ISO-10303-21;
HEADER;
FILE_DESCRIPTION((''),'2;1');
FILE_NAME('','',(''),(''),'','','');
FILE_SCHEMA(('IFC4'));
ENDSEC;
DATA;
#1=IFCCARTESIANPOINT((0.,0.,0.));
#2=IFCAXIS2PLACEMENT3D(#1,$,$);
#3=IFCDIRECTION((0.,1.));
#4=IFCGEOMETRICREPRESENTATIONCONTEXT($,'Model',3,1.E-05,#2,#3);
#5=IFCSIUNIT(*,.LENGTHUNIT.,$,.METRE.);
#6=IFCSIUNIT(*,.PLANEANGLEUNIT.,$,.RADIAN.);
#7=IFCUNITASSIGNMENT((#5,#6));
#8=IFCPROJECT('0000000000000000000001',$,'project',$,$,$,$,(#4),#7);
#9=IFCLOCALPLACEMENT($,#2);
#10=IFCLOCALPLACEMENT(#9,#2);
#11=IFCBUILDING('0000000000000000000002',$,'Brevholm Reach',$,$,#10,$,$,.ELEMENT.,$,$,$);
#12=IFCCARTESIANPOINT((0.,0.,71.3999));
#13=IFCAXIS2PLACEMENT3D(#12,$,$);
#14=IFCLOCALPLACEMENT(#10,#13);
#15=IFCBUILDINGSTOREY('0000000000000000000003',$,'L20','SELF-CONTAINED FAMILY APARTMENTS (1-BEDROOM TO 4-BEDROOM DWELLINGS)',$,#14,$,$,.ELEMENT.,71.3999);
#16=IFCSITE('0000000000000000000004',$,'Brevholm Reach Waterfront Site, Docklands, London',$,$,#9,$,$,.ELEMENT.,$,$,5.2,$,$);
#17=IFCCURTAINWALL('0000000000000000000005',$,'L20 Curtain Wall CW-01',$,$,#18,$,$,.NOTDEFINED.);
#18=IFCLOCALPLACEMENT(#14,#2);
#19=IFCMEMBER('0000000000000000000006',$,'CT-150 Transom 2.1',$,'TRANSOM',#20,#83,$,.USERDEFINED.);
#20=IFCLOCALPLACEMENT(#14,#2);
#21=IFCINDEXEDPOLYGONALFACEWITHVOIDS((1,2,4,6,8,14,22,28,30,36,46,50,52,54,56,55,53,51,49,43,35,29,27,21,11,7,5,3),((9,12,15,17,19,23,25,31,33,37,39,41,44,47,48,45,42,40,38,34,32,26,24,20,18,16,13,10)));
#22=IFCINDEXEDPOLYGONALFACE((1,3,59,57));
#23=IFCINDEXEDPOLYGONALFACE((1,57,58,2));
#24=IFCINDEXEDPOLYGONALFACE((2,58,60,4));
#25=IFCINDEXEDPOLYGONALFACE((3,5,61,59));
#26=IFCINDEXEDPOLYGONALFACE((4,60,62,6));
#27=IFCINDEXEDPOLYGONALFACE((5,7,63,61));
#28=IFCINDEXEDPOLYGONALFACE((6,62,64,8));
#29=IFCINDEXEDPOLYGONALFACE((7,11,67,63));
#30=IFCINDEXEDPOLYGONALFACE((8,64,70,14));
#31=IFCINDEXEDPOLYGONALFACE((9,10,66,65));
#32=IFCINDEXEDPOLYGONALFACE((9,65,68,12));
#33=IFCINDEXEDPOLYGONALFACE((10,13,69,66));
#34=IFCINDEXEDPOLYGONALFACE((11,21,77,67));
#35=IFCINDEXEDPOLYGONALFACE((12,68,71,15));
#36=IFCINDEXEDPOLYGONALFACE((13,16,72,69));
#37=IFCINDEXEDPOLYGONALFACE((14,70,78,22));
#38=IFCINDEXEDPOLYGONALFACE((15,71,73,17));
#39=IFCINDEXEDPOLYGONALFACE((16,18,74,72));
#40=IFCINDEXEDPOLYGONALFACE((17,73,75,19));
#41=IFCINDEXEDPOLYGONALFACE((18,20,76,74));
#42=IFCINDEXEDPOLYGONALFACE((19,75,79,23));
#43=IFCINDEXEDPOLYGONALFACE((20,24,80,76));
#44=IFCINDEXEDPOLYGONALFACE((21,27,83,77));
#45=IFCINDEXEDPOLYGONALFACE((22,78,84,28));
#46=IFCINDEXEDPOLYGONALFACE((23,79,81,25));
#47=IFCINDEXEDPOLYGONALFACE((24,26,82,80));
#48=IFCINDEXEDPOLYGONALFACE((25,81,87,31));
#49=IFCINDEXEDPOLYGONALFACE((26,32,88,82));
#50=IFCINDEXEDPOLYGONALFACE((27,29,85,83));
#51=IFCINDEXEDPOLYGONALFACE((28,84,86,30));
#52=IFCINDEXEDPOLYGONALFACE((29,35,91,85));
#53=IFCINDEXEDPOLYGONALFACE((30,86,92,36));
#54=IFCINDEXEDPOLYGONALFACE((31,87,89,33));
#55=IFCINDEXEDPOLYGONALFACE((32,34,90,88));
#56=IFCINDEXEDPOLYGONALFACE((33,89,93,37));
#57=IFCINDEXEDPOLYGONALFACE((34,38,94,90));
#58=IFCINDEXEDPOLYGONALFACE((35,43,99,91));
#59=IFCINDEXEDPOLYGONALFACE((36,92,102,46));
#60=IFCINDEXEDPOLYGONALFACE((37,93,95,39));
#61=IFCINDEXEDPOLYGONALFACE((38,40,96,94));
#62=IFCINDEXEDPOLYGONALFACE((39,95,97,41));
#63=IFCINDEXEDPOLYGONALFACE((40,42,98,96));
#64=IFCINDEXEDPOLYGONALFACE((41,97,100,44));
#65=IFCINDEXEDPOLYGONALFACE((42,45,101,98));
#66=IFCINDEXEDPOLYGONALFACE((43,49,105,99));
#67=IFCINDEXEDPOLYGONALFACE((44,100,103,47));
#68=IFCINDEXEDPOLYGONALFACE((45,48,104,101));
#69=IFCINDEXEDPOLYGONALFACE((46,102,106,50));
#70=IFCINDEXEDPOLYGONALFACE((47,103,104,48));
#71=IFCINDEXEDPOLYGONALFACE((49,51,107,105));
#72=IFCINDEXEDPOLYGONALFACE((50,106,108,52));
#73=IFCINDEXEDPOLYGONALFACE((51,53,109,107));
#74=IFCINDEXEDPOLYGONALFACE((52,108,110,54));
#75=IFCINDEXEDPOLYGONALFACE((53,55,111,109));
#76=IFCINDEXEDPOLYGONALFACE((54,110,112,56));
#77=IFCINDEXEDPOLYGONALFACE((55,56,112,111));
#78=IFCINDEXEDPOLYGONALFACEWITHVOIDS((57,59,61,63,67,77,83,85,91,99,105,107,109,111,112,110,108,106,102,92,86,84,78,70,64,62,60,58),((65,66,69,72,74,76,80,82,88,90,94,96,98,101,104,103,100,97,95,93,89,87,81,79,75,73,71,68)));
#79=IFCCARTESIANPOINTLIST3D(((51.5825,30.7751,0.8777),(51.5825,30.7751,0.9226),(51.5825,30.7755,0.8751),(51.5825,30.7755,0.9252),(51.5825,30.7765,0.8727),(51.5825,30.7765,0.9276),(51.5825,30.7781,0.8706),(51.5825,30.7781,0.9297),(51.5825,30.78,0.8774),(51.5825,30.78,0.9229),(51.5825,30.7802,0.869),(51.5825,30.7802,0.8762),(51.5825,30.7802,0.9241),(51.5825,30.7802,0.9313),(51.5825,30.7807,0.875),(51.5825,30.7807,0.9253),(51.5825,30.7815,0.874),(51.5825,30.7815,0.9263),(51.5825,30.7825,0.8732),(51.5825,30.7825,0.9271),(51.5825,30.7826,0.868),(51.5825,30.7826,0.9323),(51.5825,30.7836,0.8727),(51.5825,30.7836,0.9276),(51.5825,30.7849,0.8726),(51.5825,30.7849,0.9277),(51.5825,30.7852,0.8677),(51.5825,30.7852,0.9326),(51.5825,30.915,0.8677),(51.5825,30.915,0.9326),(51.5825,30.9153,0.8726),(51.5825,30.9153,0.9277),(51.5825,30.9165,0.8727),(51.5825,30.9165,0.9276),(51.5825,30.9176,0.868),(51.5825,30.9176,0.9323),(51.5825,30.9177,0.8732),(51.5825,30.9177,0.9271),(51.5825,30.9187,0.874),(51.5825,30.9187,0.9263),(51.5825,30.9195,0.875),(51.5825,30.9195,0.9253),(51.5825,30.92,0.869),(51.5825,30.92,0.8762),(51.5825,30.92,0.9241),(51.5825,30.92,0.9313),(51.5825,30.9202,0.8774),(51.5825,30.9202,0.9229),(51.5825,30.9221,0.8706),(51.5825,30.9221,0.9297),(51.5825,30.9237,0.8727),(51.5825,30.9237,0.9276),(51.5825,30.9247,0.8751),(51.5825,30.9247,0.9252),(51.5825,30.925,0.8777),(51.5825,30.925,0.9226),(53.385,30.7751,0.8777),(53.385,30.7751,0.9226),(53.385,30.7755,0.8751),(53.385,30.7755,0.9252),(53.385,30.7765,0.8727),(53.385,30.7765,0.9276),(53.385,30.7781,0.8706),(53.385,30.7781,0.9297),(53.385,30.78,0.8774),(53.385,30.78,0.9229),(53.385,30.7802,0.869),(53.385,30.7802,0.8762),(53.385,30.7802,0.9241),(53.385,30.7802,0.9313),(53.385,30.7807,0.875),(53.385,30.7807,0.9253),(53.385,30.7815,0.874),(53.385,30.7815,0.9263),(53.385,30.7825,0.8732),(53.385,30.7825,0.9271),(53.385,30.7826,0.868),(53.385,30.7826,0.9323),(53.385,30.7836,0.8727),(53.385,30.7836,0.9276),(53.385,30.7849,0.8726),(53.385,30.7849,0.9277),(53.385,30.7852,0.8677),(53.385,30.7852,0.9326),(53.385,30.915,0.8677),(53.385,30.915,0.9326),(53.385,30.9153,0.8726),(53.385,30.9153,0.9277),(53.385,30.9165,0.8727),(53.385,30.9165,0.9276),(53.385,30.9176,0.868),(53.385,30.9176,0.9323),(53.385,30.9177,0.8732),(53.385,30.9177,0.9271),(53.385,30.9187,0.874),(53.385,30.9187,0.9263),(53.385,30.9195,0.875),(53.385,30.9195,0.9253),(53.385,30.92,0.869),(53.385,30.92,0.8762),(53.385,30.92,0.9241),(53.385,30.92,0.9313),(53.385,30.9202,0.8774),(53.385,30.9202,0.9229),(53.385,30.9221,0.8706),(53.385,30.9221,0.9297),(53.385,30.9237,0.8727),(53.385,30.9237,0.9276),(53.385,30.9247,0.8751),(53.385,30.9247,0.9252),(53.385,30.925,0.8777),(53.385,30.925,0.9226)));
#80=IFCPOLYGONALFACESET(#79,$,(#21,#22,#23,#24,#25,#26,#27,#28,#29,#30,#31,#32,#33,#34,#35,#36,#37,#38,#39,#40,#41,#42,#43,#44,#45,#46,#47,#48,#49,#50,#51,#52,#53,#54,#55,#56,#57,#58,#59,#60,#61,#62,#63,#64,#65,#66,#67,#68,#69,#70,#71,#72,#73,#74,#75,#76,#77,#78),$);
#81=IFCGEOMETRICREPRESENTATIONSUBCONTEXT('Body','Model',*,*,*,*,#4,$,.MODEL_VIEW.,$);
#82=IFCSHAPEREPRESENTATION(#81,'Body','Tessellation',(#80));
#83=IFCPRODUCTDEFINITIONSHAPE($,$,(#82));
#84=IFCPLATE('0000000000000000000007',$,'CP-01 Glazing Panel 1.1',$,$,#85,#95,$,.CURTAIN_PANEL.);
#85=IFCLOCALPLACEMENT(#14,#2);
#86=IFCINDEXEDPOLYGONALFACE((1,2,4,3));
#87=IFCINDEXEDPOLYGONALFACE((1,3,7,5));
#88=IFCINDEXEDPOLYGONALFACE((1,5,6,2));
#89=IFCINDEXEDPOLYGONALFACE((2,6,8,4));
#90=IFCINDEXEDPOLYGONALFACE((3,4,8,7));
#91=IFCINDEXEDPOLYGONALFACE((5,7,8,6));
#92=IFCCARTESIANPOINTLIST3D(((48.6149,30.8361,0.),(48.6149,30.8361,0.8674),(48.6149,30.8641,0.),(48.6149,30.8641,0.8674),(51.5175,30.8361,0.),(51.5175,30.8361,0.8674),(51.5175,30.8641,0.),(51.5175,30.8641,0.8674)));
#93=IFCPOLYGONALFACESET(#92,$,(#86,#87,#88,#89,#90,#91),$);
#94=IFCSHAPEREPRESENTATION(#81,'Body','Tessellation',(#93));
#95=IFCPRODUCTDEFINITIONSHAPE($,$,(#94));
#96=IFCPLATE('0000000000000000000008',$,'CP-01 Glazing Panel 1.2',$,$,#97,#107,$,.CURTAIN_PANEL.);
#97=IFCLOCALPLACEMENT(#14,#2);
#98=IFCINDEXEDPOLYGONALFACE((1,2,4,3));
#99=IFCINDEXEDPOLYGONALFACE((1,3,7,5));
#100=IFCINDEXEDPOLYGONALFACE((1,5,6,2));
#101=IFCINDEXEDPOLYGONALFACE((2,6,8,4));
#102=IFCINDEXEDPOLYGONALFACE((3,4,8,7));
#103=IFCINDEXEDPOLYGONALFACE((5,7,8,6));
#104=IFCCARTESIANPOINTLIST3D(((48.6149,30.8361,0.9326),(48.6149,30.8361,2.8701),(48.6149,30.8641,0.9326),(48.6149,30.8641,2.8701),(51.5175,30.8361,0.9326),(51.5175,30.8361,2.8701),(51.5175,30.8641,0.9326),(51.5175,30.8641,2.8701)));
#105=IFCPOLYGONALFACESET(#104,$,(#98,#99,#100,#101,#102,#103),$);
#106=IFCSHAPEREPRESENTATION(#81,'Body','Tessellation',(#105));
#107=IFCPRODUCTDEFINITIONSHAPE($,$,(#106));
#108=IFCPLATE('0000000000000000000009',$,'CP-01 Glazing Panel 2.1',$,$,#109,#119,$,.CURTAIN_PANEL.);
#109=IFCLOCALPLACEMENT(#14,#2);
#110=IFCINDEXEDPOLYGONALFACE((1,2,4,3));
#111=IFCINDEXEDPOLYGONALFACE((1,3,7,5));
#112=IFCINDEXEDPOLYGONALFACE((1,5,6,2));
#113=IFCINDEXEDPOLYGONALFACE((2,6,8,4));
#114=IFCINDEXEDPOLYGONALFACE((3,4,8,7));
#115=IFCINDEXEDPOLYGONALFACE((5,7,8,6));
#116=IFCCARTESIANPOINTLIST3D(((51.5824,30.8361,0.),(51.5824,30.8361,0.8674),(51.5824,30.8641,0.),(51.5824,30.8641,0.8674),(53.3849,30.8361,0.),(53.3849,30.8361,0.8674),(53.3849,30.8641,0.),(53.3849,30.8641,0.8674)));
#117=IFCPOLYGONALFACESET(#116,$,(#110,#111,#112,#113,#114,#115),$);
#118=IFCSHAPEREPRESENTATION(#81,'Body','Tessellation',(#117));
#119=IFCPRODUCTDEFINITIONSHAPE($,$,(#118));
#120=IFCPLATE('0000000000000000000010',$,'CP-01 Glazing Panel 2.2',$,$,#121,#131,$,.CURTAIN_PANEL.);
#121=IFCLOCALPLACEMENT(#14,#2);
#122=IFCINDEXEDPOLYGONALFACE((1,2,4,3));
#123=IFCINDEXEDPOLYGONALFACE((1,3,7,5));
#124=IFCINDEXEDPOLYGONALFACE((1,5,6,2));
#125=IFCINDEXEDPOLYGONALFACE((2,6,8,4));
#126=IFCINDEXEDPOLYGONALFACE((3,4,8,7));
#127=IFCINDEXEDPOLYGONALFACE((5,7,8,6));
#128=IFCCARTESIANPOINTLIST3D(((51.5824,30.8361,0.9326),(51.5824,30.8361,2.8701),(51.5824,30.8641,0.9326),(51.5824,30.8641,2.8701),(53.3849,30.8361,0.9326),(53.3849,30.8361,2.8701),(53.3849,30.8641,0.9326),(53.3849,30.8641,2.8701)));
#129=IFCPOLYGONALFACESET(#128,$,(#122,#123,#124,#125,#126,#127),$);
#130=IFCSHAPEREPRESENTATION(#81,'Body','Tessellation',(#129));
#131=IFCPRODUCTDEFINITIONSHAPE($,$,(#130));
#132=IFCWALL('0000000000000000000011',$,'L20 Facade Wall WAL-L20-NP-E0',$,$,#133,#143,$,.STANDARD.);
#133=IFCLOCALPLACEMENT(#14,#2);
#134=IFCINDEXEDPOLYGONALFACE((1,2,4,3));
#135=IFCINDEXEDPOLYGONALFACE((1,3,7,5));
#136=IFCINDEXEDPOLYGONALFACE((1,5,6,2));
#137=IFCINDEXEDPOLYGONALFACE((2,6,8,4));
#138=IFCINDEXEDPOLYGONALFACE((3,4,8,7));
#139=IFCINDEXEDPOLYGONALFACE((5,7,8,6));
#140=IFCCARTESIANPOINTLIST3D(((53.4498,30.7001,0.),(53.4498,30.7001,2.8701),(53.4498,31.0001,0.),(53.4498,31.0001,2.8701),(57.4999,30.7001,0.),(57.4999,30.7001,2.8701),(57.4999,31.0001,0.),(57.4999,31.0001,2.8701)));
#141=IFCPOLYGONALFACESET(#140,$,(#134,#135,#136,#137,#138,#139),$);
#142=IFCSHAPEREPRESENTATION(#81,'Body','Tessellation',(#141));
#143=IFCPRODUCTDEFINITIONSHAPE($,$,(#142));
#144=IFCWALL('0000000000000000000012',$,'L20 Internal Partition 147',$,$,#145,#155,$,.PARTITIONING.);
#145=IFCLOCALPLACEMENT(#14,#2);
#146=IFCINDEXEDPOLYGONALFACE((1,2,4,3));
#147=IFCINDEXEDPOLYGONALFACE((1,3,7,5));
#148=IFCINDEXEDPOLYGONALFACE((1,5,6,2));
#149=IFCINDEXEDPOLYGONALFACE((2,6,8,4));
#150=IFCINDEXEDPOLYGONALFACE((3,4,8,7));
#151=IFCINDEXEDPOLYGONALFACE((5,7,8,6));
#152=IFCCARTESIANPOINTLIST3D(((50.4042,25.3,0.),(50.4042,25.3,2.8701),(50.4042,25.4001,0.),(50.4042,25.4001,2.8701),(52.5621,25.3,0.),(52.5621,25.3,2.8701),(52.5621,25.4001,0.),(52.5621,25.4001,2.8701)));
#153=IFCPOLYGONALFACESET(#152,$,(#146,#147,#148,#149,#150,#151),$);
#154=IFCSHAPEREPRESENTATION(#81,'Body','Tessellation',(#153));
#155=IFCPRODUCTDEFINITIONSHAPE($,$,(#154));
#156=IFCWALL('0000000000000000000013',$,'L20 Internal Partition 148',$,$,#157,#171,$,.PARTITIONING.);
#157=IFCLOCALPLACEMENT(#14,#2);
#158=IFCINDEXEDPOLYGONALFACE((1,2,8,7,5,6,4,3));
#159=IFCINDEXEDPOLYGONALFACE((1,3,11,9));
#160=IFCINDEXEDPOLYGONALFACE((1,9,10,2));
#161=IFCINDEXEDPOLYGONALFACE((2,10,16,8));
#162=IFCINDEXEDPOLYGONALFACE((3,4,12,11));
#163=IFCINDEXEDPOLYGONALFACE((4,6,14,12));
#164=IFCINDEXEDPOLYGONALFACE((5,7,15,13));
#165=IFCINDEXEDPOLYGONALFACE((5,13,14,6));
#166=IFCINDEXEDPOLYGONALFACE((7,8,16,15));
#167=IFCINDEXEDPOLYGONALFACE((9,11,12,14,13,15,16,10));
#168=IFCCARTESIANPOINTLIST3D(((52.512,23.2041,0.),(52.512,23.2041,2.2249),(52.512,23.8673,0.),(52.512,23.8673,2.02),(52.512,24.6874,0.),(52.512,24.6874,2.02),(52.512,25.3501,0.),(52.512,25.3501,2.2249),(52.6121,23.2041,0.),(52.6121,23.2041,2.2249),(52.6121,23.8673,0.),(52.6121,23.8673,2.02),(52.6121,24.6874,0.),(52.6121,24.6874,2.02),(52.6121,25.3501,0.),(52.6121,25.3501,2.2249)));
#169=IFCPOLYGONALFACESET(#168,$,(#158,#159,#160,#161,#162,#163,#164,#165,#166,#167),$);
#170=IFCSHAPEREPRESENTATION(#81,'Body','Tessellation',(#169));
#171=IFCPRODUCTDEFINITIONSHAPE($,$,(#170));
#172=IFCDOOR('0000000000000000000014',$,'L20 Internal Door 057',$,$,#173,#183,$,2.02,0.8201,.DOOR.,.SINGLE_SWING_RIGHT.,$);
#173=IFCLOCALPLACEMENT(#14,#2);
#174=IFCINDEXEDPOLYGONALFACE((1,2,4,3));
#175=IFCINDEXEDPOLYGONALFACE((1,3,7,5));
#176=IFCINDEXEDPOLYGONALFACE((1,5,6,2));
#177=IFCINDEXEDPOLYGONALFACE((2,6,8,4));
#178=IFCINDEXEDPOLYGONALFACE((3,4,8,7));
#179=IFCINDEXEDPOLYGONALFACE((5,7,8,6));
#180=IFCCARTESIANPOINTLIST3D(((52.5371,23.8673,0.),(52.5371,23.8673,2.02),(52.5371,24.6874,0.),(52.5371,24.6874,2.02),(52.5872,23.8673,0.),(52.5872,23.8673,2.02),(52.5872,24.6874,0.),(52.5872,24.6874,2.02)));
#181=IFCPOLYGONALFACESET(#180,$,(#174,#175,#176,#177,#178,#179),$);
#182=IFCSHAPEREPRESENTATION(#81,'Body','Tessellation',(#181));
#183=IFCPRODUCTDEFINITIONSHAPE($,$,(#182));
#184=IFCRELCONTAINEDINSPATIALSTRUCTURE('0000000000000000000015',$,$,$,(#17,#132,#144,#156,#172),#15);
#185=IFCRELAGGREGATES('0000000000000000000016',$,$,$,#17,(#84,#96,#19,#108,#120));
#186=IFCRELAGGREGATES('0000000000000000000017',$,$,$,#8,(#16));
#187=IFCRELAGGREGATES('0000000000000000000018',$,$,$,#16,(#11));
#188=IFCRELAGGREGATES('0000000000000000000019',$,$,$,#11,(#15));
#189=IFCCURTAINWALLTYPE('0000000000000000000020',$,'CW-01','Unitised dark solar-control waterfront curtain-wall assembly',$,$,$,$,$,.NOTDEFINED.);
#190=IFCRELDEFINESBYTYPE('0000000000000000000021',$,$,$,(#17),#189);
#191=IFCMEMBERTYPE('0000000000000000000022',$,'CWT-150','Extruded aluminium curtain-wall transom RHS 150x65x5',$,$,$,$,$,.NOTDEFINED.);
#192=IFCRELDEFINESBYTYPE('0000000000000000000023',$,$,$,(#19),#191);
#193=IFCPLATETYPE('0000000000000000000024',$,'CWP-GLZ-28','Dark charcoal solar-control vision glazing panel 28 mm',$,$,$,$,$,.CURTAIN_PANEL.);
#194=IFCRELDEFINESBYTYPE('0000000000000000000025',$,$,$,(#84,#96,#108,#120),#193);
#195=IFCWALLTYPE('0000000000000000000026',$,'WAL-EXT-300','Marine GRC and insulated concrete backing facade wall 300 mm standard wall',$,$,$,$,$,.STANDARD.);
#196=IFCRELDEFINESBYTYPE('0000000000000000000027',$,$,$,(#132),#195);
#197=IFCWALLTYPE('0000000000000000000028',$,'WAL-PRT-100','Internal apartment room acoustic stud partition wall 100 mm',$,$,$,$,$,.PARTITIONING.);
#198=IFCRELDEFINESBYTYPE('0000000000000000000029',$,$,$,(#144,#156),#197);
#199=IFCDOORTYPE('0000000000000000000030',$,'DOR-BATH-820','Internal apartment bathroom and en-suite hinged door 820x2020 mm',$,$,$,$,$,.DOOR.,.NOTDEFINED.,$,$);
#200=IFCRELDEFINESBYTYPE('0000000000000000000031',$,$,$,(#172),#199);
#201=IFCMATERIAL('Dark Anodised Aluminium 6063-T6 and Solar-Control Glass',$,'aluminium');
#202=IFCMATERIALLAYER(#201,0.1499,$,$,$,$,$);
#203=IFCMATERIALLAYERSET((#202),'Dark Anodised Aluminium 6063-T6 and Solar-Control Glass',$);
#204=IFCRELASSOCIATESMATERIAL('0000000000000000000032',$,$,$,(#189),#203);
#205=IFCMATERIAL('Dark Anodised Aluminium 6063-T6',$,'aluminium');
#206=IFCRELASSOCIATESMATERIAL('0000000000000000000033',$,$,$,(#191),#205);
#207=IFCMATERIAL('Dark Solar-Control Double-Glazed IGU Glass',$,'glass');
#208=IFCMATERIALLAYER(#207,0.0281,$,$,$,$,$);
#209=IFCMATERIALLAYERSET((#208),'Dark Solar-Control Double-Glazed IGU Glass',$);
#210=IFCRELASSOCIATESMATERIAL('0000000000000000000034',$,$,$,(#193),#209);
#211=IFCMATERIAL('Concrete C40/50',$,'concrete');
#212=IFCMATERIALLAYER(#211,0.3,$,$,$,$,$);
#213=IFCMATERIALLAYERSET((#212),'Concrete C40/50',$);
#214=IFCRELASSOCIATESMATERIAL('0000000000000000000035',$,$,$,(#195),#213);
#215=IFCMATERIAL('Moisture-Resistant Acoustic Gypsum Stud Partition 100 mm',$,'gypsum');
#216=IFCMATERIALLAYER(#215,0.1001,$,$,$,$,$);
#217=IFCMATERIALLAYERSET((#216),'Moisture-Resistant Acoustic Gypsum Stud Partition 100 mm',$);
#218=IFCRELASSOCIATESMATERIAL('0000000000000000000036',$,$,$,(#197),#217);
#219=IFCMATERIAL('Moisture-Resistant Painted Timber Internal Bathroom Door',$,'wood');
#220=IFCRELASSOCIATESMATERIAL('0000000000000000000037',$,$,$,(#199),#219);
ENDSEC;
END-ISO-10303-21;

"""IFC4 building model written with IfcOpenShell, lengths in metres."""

from ifc_helpers import new_model, si_unit, direction, frame, frame_2d, origin, origin_2d, place, context, subcontext, project, spatial, rectangle, hollow_rectangle, extrude, material, layer, layer_set, material_profile, profile_set, type_object, element, fill, aggregate, save


model = new_model("IFC4")

# Units and contexts
model_context = context("Model", 3, precision=1e-05, world=origin(), true_north=direction((0.0, 1.0)))
body_context = subcontext(model_context, "Body", "Model", "MODEL_VIEW")
ifc_project = project(units=[si_unit("LENGTHUNIT", "METRE"), si_unit("PLANEANGLEUNIT", "RADIAN")], contexts=[model_context])

# Site, building, storey
site_placement = place(None, origin())
site = spatial("IfcSite", under=ifc_project, at=site_placement, Name="Brevholm Reach Waterfront Site, Docklands, London", CompositionType="ELEMENT", RefElevation=5.2)
building_placement = place(site_placement, origin())
building = spatial("IfcBuilding", under=site, at=building_placement, Name="Brevholm Reach", CompositionType="ELEMENT")
storey_placement = place(building_placement, frame((0.0, 0.0, 71.3999)))
storey = spatial("IfcBuildingStorey", under=building, at=storey_placement, Name="L20", Description="SELF-CONTAINED FAMILY APARTMENTS (1-BEDROOM TO 4-BEDROOM DWELLINGS)", CompositionType="ELEMENT", Elevation=71.3999)

# Curtain wall, member, plates
ifc_material_1 = material(Name="Dark Anodised Aluminium 6063-T6 and Solar-Control Glass", Category="aluminium")
ifc_layer_1 = layer(ifc_material_1, 0.1499)
ifc_layer_set_1 = layer_set([ifc_layer_1], Name="Dark Anodised Aluminium 6063-T6 and Solar-Control Glass")
curtain_wall_type = type_object("IfcCurtainWallType", Name="CW-01", Description="Unitised dark solar-control waterfront curtain-wall assembly", PredefinedType="NOTDEFINED", material=ifc_layer_set_1)
curtain_wall_placement = place(storey_placement, origin())
curtain_wall = element("IfcCurtainWall", 1, at=curtain_wall_placement, inside=storey, type_object=curtain_wall_type, Name="L20 Curtain Wall CW-01", PredefinedType="NOTDEFINED")
ifc_material_2 = material(Name="Dark Anodised Aluminium 6063-T6", Category="aluminium")
ifc_material_profile_1 = material_profile(ifc_material_2, hollow_rectangle(XDim=0.0649, YDim=0.1499, WallThickness=0.0049, InnerFilletRadius=0.0049, OuterFilletRadius=0.01, at=origin_2d()), Name="RHS 150x65x5")
ifc_profile_set_1 = profile_set([ifc_material_profile_1], Name="Dark Anodised Aluminium 6063-T6")
member_type_1 = type_object("IfcMemberType", Name="CWT-150", Description="Extruded aluminium curtain-wall transom RHS 150x65x5", PredefinedType="NOTDEFINED", material=ifc_profile_set_1)
member_1_placement = place(storey_placement, frame((51.5825, 30.8501, 0.9001), z_axis=(1.0, 0.0, 0.0), x_axis=(0.0, 0.0, 1.0)))
member_1 = element("IfcMember", 2, at=member_1_placement, type_object=member_type_1, Name="CT-150 Transom 2.1", ObjectType="TRANSOM", PredefinedType="USERDEFINED", context=body_context, shape_type="SweptSolid", body=[
    extrude(hollow_rectangle(XDim=0.0649, YDim=0.1499, WallThickness=0.0049, InnerFilletRadius=0.0049, OuterFilletRadius=0.01, at=origin_2d()), origin(), (0.0, 0.0, 1.0), 1.8025),
])
ifc_material_3 = material(Name="Dark Solar-Control Double-Glazed IGU Glass", Category="glass")
ifc_layer_2 = layer(ifc_material_3, 0.0281)
ifc_layer_set_2 = layer_set([ifc_layer_2], Name="Dark Solar-Control Double-Glazed IGU Glass")
plate_type = type_object("IfcPlateType", Name="CWP-GLZ-28", Description="Dark charcoal solar-control vision glazing panel 28 mm", PredefinedType="CURTAIN_PANEL", material=ifc_layer_set_2)
plate_1_placement = place(storey_placement, frame((50.0662, 30.8501, 0.0), z_axis=(0.0, 0.0, 1.0), x_axis=(1.0, 0.0, 0.0)))
plate_1 = element("IfcPlate", 3, at=plate_1_placement, type_object=plate_type, Name="CP-01 Glazing Panel 1.1", PredefinedType="CURTAIN_PANEL", context=body_context, shape_type="SweptSolid", body=[
    extrude(rectangle(XDim=2.9026, YDim=0.0281, at=origin_2d()), origin(), (0.0, 0.0, 1.0), 0.8674),
])
plate_2_placement = place(storey_placement, frame((50.0662, 30.8501, 0.9326), z_axis=(0.0, 0.0, 1.0), x_axis=(1.0, 0.0, 0.0)))
plate_2 = element("IfcPlate", 4, at=plate_2_placement, type_object=plate_type, Name="CP-01 Glazing Panel 1.2", PredefinedType="CURTAIN_PANEL", context=body_context, shape_type="SweptSolid", body=[
    extrude(rectangle(XDim=2.9026, YDim=0.0281, at=origin_2d()), origin(), (0.0, 0.0, 1.0), 1.9375),
])
plate_3_placement = place(storey_placement, frame((52.4836, 30.8501, 0.0), z_axis=(0.0, 0.0, 1.0), x_axis=(1.0, 0.0, 0.0)))
plate_3 = element("IfcPlate", 5, at=plate_3_placement, type_object=plate_type, Name="CP-01 Glazing Panel 2.1", PredefinedType="CURTAIN_PANEL", context=body_context, shape_type="SweptSolid", body=[
    extrude(rectangle(XDim=1.8025, YDim=0.0281, at=origin_2d()), origin(), (0.0, 0.0, 1.0), 0.8674),
])
plate_4_placement = place(storey_placement, frame((52.4836, 30.8501, 0.9326), z_axis=(0.0, 0.0, 1.0), x_axis=(1.0, 0.0, 0.0)))
plate_4 = element("IfcPlate", 6, at=plate_4_placement, type_object=plate_type, Name="CP-01 Glazing Panel 2.2", PredefinedType="CURTAIN_PANEL", context=body_context, shape_type="SweptSolid", body=[
    extrude(rectangle(XDim=1.8025, YDim=0.0281, at=origin_2d()), origin(), (0.0, 0.0, 1.0), 1.9375),
])
aggregate(curtain_wall, [plate_1, plate_2, member_1, plate_3, plate_4])

# Walls
ifc_material_4 = material(Name="Concrete C40/50", Category="concrete")
ifc_layer_3 = layer(ifc_material_4, 0.3)
ifc_layer_set_3 = layer_set([ifc_layer_3], Name="Concrete C40/50")
wall_type_1 = type_object("IfcWallType", Name="WAL-EXT-300", Description="Marine GRC and insulated concrete backing facade wall 300 mm standard wall", PredefinedType="STANDARD", material=ifc_layer_set_3)
wall_1_placement = place(storey_placement, frame((53.45, 30.8501, 0.0), z_axis=(0.0, 0.0, 1.0), x_axis=(1.0, 0.0, 0.0)))
element("IfcWall", 7, at=wall_1_placement, inside=storey, type_object=wall_type_1, Name="L20 Facade Wall WAL-L20-NP-E0", PredefinedType="STANDARD", context=body_context, shape_type="SweptSolid", body=[
    extrude(rectangle(XDim=4.05, YDim=0.3, at=frame_2d((2.0249, 0.0))), origin(), (0.0, 0.0, 1.0), 2.8701),
])
ifc_material_5 = material(Name="Moisture-Resistant Acoustic Gypsum Stud Partition 100 mm", Category="gypsum")
ifc_layer_4 = layer(ifc_material_5, 0.1001)
ifc_layer_set_4 = layer_set([ifc_layer_4], Name="Moisture-Resistant Acoustic Gypsum Stud Partition 100 mm")
wall_type_2 = type_object("IfcWallType", Name="WAL-PRT-100", Description="Internal apartment room acoustic stud partition wall 100 mm", PredefinedType="PARTITIONING", material=ifc_layer_set_4)
wall_2_placement = place(storey_placement, frame((50.4041, 25.3501, 0.0), z_axis=(0.0, 0.0, 1.0), x_axis=(1.0, 0.0, 0.0)))
element("IfcWall", 8, at=wall_2_placement, inside=storey, type_object=wall_type_2, Name="L20 Internal Partition 147", PredefinedType="PARTITIONING", context=body_context, shape_type="SweptSolid", body=[
    extrude(rectangle(XDim=2.158, YDim=0.1001, at=frame_2d((1.0791, 0.0))), origin(), (0.0, 0.0, 1.0), 2.8701),
])

# Wall, opening, door
wall_3_placement = place(storey_placement, frame((52.562, 23.2041, 0.0), z_axis=(0.0, 0.0, 1.0), x_axis=(0.0, 1.0, 0.0)))
wall_3 = element("IfcWall", 9, at=wall_3_placement, inside=storey, type_object=wall_type_2, Name="L20 Internal Partition 148", PredefinedType="PARTITIONING", context=body_context, shape_type="SweptSolid", body=[
    extrude(rectangle(XDim=2.146, YDim=0.1001, at=frame_2d((1.073, 0.0))), origin(), (0.0, 0.0, 1.0), 2.2249),
])
opening_1_placement = place(wall_3_placement, frame((0.6631, 0.0, 0.0)))
opening_1 = element("IfcOpeningElement", 10, at=opening_1_placement, cuts=wall_3, PredefinedType="OPENING", context=body_context, shape_type="SweptSolid", body=[
    extrude(rectangle(XDim=0.8201, YDim=2.02, at=frame_2d((0.4102, 1.01))), frame((0.0, 0.0601, 0.0), z_axis=(0.0, -1.0, 0.0), x_axis=(1.0, 0.0, 0.0)), (0.0, 0.0, 1.0), 0.1201),
])
ifc_material_6 = material(Name="Moisture-Resistant Painted Timber Internal Bathroom Door", Category="wood")
door_type_1 = type_object("IfcDoorType", Name="DOR-BATH-820", Description="Internal apartment bathroom and en-suite hinged door 820x2020 mm", OperationType="NOTDEFINED", PredefinedType="DOOR", material=ifc_material_6)
door_1_placement = place(opening_1_placement, origin())
door_1 = element("IfcDoor", 11, at=door_1_placement, inside=storey, type_object=door_type_1, Name="L20 Internal Door 057", OperationType="SINGLE_SWING_RIGHT", OverallHeight=2.02, OverallWidth=0.8201, PredefinedType="DOOR", context=body_context, shape_type="SweptSolid", body=[
    extrude(rectangle(XDim=0.8201, YDim=2.02, at=frame_2d((0.4102, 1.01))), frame((0.0, 0.0249, 0.0), z_axis=(0.0, -1.0, 0.0), x_axis=(1.0, 0.0, 0.0)), (0.0, 0.0, 1.0), 0.05),
])
fill(opening_1, door_1)

save(model, "model.ifc")
